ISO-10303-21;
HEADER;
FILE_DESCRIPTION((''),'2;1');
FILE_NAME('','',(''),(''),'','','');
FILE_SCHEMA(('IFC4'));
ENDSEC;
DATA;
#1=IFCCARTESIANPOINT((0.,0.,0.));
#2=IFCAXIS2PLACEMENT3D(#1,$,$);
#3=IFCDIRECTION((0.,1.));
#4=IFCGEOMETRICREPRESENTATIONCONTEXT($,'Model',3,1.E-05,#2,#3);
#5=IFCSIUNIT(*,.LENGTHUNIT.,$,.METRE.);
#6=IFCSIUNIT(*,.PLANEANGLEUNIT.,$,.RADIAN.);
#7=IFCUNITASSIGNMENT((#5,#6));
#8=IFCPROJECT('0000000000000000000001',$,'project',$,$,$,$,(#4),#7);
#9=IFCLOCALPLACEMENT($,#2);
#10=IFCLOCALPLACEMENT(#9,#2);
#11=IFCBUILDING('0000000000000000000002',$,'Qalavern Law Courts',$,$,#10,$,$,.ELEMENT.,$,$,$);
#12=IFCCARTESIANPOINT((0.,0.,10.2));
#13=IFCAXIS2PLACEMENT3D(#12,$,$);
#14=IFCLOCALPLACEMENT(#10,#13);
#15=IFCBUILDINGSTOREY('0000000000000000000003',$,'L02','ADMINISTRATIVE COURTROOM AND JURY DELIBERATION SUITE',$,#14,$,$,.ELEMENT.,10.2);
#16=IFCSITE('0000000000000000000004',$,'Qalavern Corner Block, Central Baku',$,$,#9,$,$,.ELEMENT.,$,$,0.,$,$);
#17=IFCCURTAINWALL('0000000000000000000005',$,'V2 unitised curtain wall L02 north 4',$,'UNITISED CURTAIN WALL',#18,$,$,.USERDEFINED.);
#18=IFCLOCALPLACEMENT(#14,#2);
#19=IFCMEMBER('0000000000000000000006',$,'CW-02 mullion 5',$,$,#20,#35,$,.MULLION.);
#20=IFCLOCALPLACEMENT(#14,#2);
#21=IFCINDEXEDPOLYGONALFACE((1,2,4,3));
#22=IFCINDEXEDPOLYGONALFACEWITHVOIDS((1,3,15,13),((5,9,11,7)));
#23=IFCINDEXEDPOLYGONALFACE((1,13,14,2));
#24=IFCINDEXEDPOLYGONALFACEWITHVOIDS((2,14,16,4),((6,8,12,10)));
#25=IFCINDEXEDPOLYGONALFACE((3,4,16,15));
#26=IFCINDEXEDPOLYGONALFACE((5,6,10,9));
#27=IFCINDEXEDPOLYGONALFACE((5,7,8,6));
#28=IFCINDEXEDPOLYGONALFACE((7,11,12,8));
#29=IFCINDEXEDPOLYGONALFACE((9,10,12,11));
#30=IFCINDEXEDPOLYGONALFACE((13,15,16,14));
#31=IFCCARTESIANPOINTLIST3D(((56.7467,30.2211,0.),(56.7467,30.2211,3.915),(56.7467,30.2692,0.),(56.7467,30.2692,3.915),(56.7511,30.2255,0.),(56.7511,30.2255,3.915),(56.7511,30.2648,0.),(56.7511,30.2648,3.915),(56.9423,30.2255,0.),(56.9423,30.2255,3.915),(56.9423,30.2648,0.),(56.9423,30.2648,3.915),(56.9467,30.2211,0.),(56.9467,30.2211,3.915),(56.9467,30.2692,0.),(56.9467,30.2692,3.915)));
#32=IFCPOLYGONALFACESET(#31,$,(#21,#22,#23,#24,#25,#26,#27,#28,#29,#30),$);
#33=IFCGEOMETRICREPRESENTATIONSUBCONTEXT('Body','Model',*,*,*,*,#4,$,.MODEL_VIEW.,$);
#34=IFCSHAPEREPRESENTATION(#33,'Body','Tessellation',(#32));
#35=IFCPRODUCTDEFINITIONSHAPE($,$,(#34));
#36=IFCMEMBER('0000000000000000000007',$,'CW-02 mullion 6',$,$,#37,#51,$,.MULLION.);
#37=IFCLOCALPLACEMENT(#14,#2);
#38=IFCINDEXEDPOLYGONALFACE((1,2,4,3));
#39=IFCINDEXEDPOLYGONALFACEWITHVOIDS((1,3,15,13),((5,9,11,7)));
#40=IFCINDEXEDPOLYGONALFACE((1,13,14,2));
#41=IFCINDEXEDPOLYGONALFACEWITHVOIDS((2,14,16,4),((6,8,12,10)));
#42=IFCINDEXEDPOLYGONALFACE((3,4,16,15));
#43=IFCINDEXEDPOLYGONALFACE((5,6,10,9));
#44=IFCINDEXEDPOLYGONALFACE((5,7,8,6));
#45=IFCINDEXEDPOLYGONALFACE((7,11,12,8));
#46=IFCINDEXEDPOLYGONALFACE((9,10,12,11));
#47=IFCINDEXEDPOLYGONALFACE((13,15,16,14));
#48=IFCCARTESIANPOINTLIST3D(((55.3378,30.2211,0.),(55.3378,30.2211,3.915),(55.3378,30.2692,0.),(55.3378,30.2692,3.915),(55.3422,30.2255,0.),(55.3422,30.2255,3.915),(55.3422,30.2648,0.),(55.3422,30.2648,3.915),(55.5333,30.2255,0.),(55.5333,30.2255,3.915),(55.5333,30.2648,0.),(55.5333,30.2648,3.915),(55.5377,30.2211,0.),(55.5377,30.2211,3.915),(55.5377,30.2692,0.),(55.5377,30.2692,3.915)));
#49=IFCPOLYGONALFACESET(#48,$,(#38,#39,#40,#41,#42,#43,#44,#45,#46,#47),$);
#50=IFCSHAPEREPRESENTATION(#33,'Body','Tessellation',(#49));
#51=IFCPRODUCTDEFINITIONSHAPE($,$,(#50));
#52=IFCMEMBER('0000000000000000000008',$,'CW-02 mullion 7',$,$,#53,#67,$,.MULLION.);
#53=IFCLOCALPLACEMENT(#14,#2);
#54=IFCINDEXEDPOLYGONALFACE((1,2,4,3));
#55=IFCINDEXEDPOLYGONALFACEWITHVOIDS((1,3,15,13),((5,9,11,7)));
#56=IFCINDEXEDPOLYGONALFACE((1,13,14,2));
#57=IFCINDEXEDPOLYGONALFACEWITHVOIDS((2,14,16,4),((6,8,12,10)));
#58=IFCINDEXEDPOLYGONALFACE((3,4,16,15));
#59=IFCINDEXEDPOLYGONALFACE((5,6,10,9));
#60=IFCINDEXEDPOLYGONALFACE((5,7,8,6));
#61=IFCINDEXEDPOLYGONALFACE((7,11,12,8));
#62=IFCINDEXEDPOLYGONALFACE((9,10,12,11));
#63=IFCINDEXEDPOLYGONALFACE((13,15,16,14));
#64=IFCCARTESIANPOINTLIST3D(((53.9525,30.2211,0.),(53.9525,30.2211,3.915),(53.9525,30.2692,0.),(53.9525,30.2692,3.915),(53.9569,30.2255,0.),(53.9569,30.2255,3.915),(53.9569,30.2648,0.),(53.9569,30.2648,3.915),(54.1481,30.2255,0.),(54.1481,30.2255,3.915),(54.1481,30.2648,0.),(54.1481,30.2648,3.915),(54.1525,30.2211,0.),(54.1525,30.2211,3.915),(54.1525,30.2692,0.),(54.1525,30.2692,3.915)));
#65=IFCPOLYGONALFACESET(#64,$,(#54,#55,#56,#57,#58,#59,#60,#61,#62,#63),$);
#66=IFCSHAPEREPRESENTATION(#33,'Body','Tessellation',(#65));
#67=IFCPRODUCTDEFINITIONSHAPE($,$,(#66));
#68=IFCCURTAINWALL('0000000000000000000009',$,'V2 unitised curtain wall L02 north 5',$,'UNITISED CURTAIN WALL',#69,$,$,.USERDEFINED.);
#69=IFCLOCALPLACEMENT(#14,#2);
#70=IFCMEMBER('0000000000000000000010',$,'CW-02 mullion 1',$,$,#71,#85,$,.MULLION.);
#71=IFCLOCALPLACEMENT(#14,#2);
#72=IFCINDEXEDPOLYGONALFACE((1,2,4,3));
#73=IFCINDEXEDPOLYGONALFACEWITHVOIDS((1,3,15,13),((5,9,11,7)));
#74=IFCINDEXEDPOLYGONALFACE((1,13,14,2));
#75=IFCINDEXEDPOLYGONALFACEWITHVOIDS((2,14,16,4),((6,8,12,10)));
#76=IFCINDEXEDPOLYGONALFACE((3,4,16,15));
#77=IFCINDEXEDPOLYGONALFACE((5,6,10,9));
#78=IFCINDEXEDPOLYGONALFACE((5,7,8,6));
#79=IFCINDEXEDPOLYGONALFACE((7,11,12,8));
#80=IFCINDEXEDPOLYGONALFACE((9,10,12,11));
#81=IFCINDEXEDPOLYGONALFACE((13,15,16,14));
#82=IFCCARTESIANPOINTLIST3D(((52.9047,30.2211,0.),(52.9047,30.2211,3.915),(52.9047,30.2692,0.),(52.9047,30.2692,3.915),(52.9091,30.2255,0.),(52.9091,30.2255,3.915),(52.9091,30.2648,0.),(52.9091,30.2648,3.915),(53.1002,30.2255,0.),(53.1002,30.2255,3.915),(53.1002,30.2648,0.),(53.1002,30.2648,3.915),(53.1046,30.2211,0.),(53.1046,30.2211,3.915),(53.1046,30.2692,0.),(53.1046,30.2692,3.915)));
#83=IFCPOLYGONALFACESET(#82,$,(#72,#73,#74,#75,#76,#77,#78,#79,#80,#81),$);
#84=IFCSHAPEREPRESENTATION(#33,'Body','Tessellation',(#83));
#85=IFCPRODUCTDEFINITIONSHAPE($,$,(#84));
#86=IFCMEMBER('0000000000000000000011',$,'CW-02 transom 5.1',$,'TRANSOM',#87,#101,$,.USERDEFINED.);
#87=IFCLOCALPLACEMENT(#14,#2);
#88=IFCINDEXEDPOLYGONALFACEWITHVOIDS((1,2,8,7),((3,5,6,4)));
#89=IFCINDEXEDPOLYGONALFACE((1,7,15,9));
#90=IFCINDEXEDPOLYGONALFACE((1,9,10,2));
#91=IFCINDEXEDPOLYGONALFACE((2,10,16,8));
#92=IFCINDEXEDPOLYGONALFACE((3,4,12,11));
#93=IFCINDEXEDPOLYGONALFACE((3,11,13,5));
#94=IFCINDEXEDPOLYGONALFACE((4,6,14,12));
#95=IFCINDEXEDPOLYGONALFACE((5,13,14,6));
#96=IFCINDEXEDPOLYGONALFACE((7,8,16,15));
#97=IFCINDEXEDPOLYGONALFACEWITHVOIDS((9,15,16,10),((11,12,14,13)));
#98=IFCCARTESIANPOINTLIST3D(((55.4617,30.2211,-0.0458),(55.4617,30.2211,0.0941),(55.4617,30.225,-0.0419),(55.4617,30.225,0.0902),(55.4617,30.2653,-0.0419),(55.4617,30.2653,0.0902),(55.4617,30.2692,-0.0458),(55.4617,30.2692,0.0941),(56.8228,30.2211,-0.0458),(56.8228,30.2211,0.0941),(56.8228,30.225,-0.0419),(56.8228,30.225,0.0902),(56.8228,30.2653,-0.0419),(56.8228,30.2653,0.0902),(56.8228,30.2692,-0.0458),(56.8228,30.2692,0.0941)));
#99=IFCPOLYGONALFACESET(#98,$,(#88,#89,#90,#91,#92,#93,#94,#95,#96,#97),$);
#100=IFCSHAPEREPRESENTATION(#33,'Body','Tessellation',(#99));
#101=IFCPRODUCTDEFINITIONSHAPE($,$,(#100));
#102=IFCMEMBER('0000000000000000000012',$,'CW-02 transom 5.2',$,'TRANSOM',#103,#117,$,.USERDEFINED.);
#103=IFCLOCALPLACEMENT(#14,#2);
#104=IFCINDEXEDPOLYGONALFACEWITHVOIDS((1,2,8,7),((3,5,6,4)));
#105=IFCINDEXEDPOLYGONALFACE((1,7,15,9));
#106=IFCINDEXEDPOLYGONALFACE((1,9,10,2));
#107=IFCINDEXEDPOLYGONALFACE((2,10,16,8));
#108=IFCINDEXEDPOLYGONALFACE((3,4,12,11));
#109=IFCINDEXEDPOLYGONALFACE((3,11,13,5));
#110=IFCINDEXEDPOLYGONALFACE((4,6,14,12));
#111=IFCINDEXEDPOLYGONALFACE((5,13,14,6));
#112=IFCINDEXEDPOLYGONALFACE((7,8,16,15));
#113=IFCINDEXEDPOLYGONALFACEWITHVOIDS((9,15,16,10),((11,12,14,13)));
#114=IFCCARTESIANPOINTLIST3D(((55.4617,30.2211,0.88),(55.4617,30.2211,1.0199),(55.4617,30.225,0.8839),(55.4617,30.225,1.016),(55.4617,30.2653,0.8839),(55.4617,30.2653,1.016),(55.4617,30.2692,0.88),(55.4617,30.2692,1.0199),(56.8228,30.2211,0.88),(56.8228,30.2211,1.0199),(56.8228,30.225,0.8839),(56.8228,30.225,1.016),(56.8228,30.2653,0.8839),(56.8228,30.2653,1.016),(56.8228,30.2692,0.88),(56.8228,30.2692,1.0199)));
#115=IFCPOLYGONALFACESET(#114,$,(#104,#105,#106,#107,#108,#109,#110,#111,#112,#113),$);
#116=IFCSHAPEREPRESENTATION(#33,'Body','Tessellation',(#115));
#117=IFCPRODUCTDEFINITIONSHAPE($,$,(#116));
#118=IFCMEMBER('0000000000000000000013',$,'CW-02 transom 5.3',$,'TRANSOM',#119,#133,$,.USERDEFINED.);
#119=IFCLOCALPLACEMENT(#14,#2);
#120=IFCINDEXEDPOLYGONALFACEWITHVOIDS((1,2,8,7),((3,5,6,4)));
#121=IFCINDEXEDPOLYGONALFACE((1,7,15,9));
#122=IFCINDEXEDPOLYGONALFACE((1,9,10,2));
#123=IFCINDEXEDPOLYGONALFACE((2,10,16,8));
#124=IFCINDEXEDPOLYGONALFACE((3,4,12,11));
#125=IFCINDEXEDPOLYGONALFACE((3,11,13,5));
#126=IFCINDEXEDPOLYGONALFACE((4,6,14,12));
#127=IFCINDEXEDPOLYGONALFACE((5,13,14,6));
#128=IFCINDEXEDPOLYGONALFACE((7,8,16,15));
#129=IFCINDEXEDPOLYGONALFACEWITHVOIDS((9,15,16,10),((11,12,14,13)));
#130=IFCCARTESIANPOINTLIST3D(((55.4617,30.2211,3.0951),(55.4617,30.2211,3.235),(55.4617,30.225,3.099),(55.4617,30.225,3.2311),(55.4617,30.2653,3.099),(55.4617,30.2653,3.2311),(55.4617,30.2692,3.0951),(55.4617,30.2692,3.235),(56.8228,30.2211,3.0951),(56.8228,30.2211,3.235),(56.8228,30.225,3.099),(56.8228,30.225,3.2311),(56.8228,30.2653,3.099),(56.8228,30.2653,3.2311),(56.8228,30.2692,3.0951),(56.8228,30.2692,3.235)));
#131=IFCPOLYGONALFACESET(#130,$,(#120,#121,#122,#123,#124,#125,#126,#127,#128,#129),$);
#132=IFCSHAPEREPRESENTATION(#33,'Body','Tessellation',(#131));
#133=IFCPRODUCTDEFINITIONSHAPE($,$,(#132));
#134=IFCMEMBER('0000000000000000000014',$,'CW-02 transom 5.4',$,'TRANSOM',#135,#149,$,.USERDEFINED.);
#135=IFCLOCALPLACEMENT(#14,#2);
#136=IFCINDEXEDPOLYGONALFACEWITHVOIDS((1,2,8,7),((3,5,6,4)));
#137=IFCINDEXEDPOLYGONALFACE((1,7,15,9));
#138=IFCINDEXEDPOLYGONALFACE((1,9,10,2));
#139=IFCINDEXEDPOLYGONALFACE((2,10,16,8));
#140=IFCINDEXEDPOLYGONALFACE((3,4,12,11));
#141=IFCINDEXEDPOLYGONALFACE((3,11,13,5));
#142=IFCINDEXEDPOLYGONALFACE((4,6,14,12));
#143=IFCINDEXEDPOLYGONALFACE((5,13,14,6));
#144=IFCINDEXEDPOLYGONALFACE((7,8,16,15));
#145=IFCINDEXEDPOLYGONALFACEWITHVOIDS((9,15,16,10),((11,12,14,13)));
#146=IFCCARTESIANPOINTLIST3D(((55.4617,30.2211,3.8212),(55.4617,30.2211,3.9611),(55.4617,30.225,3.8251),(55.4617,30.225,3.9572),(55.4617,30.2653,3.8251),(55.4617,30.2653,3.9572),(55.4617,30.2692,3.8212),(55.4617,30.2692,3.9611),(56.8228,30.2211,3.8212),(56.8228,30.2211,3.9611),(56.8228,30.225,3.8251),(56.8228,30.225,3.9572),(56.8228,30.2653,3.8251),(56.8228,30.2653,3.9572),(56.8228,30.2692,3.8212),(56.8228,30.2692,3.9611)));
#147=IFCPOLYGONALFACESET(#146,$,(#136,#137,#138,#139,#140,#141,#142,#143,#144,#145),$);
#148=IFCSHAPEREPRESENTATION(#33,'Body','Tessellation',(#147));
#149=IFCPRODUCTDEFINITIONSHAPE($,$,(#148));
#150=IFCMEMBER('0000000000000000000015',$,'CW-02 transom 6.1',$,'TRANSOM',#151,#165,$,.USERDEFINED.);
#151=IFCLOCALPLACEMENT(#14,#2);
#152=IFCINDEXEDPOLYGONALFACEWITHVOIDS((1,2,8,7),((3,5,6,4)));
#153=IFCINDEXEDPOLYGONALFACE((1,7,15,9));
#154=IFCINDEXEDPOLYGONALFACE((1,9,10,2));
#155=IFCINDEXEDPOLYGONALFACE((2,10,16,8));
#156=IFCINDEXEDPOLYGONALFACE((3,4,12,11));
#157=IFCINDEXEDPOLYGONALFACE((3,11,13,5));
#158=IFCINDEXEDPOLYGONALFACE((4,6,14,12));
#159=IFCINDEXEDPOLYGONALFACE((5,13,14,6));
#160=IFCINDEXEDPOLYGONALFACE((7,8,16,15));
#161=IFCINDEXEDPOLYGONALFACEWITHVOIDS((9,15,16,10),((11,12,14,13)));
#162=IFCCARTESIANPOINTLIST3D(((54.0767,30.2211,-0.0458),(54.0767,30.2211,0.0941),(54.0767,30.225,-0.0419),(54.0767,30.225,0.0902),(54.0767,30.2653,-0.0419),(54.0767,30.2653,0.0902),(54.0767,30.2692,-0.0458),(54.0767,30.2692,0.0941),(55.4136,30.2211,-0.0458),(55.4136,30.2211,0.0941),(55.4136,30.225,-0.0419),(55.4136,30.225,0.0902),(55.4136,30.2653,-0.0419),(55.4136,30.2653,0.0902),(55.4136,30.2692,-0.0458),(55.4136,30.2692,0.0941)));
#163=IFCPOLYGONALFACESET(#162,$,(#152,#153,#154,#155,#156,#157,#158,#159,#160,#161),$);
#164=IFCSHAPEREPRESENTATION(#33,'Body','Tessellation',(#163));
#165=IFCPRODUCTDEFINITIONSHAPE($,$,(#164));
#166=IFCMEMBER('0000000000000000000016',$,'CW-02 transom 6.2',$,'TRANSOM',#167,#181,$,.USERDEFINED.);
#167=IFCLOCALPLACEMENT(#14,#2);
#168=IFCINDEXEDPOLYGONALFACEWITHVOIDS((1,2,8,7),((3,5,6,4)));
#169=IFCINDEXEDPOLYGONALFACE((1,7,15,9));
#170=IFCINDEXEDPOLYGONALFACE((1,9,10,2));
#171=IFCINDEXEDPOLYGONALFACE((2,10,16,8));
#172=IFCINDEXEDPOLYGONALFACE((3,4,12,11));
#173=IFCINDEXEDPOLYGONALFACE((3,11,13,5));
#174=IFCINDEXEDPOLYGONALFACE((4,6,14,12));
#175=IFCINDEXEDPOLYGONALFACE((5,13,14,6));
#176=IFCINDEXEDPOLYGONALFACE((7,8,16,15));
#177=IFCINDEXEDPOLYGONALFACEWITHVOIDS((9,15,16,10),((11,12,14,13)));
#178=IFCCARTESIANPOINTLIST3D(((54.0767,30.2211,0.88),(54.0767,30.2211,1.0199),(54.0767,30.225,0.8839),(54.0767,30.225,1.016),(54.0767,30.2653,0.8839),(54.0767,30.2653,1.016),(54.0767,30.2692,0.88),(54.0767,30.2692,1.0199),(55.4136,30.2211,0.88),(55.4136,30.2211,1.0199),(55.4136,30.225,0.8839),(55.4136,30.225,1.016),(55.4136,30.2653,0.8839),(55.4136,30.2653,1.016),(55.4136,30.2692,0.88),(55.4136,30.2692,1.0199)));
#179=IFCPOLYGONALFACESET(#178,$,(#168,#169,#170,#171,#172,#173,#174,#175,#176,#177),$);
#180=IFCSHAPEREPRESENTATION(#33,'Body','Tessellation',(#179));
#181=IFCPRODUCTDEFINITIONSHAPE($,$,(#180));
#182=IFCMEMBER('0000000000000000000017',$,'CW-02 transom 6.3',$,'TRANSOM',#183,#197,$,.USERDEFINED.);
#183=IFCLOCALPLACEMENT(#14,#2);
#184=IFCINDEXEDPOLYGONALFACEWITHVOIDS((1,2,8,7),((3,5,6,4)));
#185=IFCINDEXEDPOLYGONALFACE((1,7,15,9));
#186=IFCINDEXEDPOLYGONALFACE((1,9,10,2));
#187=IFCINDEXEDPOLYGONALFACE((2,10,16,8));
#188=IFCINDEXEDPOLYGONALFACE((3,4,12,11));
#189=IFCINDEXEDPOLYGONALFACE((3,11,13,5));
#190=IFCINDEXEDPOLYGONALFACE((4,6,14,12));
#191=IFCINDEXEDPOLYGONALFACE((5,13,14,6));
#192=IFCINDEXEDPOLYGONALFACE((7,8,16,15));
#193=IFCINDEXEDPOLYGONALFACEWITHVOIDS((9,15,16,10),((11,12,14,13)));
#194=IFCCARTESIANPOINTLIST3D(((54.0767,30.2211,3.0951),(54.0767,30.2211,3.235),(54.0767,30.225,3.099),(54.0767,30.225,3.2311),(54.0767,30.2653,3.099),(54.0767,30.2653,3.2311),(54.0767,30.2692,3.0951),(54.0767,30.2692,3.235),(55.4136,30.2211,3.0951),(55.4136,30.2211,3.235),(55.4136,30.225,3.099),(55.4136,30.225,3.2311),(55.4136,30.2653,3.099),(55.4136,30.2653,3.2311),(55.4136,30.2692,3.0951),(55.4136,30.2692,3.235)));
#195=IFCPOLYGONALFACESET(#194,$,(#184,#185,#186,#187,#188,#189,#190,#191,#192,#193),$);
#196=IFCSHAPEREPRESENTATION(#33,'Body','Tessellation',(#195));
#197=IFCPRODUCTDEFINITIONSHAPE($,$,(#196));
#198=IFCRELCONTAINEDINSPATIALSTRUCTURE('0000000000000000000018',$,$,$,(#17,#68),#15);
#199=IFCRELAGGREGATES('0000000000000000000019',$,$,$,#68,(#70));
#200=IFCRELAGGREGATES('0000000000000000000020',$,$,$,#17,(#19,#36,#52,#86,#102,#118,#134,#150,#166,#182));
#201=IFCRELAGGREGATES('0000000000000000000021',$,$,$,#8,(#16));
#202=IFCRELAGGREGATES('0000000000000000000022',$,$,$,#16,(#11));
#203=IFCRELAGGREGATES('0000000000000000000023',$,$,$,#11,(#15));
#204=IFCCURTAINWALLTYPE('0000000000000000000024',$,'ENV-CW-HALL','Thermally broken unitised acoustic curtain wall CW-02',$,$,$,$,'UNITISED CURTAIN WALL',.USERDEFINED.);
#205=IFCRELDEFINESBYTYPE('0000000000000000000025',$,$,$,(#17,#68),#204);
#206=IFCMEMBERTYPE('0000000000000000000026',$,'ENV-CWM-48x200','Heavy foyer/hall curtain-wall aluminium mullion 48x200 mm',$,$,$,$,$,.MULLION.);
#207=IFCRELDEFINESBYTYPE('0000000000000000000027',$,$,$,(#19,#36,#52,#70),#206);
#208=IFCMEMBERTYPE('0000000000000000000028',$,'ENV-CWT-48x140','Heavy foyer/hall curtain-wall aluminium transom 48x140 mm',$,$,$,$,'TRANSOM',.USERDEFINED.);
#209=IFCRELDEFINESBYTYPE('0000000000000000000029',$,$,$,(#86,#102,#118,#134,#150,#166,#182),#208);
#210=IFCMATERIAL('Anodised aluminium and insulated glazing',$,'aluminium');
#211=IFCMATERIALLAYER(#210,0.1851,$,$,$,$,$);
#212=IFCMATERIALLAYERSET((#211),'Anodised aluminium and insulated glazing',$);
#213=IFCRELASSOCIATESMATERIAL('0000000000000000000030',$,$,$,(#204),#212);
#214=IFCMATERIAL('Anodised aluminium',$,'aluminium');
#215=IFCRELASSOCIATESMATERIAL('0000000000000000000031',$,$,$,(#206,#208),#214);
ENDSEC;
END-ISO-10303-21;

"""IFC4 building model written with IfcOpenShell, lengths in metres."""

from ifc_helpers import new_model, si_unit, direction, frame, origin, origin_2d, place, context, subcontext, project, spatial, hollow_rectangle, extrude, material, layer, layer_set, material_profile, profile_set, type_object, element, aggregate, save


model = new_model("IFC4")

# Units and contexts
model_context = context("Model", 3, precision=1e-05, world=origin(), true_north=direction((0.0, 1.0)))
body_context = subcontext(model_context, "Body", "Model", "MODEL_VIEW")
ifc_project = project(units=[si_unit("LENGTHUNIT", "METRE"), si_unit("PLANEANGLEUNIT", "RADIAN")], contexts=[model_context])

# Site, building, storey
site_placement = place(None, origin())
site = spatial("IfcSite", under=ifc_project, at=site_placement, Name="Qalavern Corner Block, Central Baku", CompositionType="ELEMENT", RefElevation=0.0)
building_placement = place(site_placement, origin())
building = spatial("IfcBuilding", under=site, at=building_placement, Name="Qalavern Law Courts", CompositionType="ELEMENT")
storey_placement = place(building_placement, frame((0.0, 0.0, 10.2)))
storey = spatial("IfcBuildingStorey", under=building, at=storey_placement, Name="L02", Description="ADMINISTRATIVE COURTROOM AND JURY DELIBERATION SUITE", CompositionType="ELEMENT", Elevation=10.2)

# Curtain wall, members
ifc_material_1 = material(Name="Anodised aluminium and insulated glazing", Category="aluminium")
ifc_layer_1 = layer(ifc_material_1, 0.1851)
ifc_layer_set_1 = layer_set([ifc_layer_1], Name="Anodised aluminium and insulated glazing")
curtain_wall_type = type_object("IfcCurtainWallType", Name="ENV-CW-HALL", Description="Thermally broken unitised acoustic curtain wall CW-02", ElementType="UNITISED CURTAIN WALL", PredefinedType="USERDEFINED", material=ifc_layer_set_1)
curtain_wall_1_placement = place(storey_placement, origin())
curtain_wall_1 = element("IfcCurtainWall", 1, at=curtain_wall_1_placement, inside=storey, type_object=curtain_wall_type, Name="V2 unitised curtain wall L02 north 4", ObjectType="UNITISED CURTAIN WALL", PredefinedType="USERDEFINED")
ifc_material_2 = material(Name="Anodised aluminium", Category="aluminium")
ifc_material_profile_1 = material_profile(ifc_material_2, hollow_rectangle(XDim=0.0481, YDim=0.2, WallThickness=0.0044, at=origin_2d()), Name="ALU MULLION 48x200")
ifc_profile_set_1 = profile_set([ifc_material_profile_1], Name="Anodised aluminium")
member_type_1 = type_object("IfcMemberType", Name="ENV-CWM-48x200", Description="Heavy foyer/hall curtain-wall aluminium mullion 48x200 mm", PredefinedType="MULLION", material=ifc_profile_set_1)
member_1_placement = place(storey_placement, frame((56.8467, 30.2451, 0.0), z_axis=(0.0, 0.0, 1.0), x_axis=(0.0, -1.0, 0.0)))
member_1 = element("IfcMember", 2, at=member_1_placement, type_object=member_type_1, Name="CW-02 mullion 5", PredefinedType="MULLION", context=body_context, shape_type="SweptSolid", body=[
    extrude(hollow_rectangle(XDim=0.0481, YDim=0.2, WallThickness=0.0044, at=origin_2d()), origin(), (0.0, 0.0, 1.0), 3.915),
])
member_2_placement = place(storey_placement, frame((55.4377, 30.2451, 0.0), z_axis=(0.0, 0.0, 1.0), x_axis=(0.0, -1.0, 0.0)))
member_2 = element("IfcMember", 3, at=member_2_placement, type_object=member_type_1, Name="CW-02 mullion 6", PredefinedType="MULLION", context=body_context, shape_type="SweptSolid", body=[
    extrude(hollow_rectangle(XDim=0.0481, YDim=0.2, WallThickness=0.0044, at=origin_2d()), origin(), (0.0, 0.0, 1.0), 3.915),
])
member_3_placement = place(storey_placement, frame((54.0525, 30.2451, 0.0), z_axis=(0.0, 0.0, 1.0), x_axis=(0.0, -1.0, 0.0)))
member_3 = element("IfcMember", 4, at=member_3_placement, type_object=member_type_1, Name="CW-02 mullion 7", PredefinedType="MULLION", context=body_context, shape_type="SweptSolid", body=[
    extrude(hollow_rectangle(XDim=0.0481, YDim=0.2, WallThickness=0.0044, at=origin_2d()), origin(), (0.0, 0.0, 1.0), 3.915),
])

# Curtain wall, member
curtain_wall_2_placement = place(storey_placement, origin())
curtain_wall_2 = element("IfcCurtainWall", 5, at=curtain_wall_2_placement, inside=storey, type_object=curtain_wall_type, Name="V2 unitised curtain wall L02 north 5", ObjectType="UNITISED CURTAIN WALL", PredefinedType="USERDEFINED")
member_4_placement = place(storey_placement, frame((53.0046, 30.2451, 0.0), z_axis=(0.0, 0.0, 1.0), x_axis=(0.0, -1.0, 0.0)))
member_4 = element("IfcMember", 6, at=member_4_placement, type_object=member_type_1, Name="CW-02 mullion 1", PredefinedType="MULLION", context=body_context, shape_type="SweptSolid", body=[
    extrude(hollow_rectangle(XDim=0.0481, YDim=0.2, WallThickness=0.0044, at=origin_2d()), origin(), (0.0, 0.0, 1.0), 3.915),
])

# Members
ifc_material_profile_2 = material_profile(ifc_material_2, hollow_rectangle(XDim=0.0481, YDim=0.1399, WallThickness=0.0039, at=origin_2d()), Name="ALU TRANSOM 48x140")
ifc_profile_set_2 = profile_set([ifc_material_profile_2], Name="Anodised aluminium")
member_type_2 = type_object("IfcMemberType", Name="ENV-CWT-48x140", Description="Heavy foyer/hall curtain-wall aluminium transom 48x140 mm", ElementType="TRANSOM", PredefinedType="USERDEFINED", material=ifc_profile_set_2)
member_5_placement = place(storey_placement, frame((56.8228, 30.2451, 0.0242), z_axis=(-1.0, 0.0, 0.0), x_axis=(0.0, -1.0, 0.0)))
member_5 = element("IfcMember", 7, at=member_5_placement, type_object=member_type_2, Name="CW-02 transom 5.1", ObjectType="TRANSOM", PredefinedType="USERDEFINED", context=body_context, shape_type="SweptSolid", body=[
    extrude(hollow_rectangle(XDim=0.0481, YDim=0.1399, WallThickness=0.0039, at=origin_2d()), origin(), (0.0, 0.0, 1.0), 1.3611),
])
member_6_placement = place(storey_placement, frame((56.8228, 30.2451, 0.95), z_axis=(-1.0, 0.0, 0.0), x_axis=(0.0, -1.0, 0.0)))
member_6 = element("IfcMember", 8, at=member_6_placement, type_object=member_type_2, Name="CW-02 transom 5.2", ObjectType="TRANSOM", PredefinedType="USERDEFINED", context=body_context, shape_type="SweptSolid", body=[
    extrude(hollow_rectangle(XDim=0.0481, YDim=0.1399, WallThickness=0.0039, at=origin_2d()), origin(), (0.0, 0.0, 1.0), 1.3611),
])
member_7_placement = place(storey_placement, frame((56.8228, 30.2451, 3.165), z_axis=(-1.0, 0.0, 0.0), x_axis=(0.0, -1.0, 0.0)))
member_7 = element("IfcMember", 9, at=member_7_placement, type_object=member_type_2, Name="CW-02 transom 5.3", ObjectType="TRANSOM", PredefinedType="USERDEFINED", context=body_context, shape_type="SweptSolid", body=[
    extrude(hollow_rectangle(XDim=0.0481, YDim=0.1399, WallThickness=0.0039, at=origin_2d()), origin(), (0.0, 0.0, 1.0), 1.3611),
])
member_8_placement = place(storey_placement, frame((56.8228, 30.2451, 3.8911), z_axis=(-1.0, 0.0, 0.0), x_axis=(0.0, -1.0, 0.0)))
member_8 = element("IfcMember", 10, at=member_8_placement, type_object=member_type_2, Name="CW-02 transom 5.4", ObjectType="TRANSOM", PredefinedType="USERDEFINED", context=body_context, shape_type="SweptSolid", body=[
    extrude(hollow_rectangle(XDim=0.0481, YDim=0.1399, WallThickness=0.0039, at=origin_2d()), origin(), (0.0, 0.0, 1.0), 1.3611),
])
member_9_placement = place(storey_placement, frame((55.4136, 30.2451, 0.0242), z_axis=(-1.0, 0.0, 0.0), x_axis=(0.0, -1.0, 0.0)))
member_9 = element("IfcMember", 11, at=member_9_placement, type_object=member_type_2, Name="CW-02 transom 6.1", ObjectType="TRANSOM", PredefinedType="USERDEFINED", context=body_context, shape_type="SweptSolid", body=[
    extrude(hollow_rectangle(XDim=0.0481, YDim=0.1399, WallThickness=0.0039, at=origin_2d()), origin(), (0.0, 0.0, 1.0), 1.3369),
])
member_10_placement = place(storey_placement, frame((55.4136, 30.2451, 0.95), z_axis=(-1.0, 0.0, 0.0), x_axis=(0.0, -1.0, 0.0)))
member_10 = element("IfcMember", 12, at=member_10_placement, type_object=member_type_2, Name="CW-02 transom 6.2", ObjectType="TRANSOM", PredefinedType="USERDEFINED", context=body_context, shape_type="SweptSolid", body=[
    extrude(hollow_rectangle(XDim=0.0481, YDim=0.1399, WallThickness=0.0039, at=origin_2d()), origin(), (0.0, 0.0, 1.0), 1.3369),
])
member_11_placement = place(storey_placement, frame((55.4136, 30.2451, 3.165), z_axis=(-1.0, 0.0, 0.0), x_axis=(0.0, -1.0, 0.0)))
member_11 = element("IfcMember", 13, at=member_11_placement, type_object=member_type_2, Name="CW-02 transom 6.3", ObjectType="TRANSOM", PredefinedType="USERDEFINED", context=body_context, shape_type="SweptSolid", body=[
    extrude(hollow_rectangle(XDim=0.0481, YDim=0.1399, WallThickness=0.0039, at=origin_2d()), origin(), (0.0, 0.0, 1.0), 1.3369),
])
aggregate(curtain_wall_2, [member_4])

aggregate(curtain_wall_1, [member_1, member_2, member_3, member_5, member_6, member_7, member_8, member_9, member_10, member_11])

save(model, "model.ifc")
